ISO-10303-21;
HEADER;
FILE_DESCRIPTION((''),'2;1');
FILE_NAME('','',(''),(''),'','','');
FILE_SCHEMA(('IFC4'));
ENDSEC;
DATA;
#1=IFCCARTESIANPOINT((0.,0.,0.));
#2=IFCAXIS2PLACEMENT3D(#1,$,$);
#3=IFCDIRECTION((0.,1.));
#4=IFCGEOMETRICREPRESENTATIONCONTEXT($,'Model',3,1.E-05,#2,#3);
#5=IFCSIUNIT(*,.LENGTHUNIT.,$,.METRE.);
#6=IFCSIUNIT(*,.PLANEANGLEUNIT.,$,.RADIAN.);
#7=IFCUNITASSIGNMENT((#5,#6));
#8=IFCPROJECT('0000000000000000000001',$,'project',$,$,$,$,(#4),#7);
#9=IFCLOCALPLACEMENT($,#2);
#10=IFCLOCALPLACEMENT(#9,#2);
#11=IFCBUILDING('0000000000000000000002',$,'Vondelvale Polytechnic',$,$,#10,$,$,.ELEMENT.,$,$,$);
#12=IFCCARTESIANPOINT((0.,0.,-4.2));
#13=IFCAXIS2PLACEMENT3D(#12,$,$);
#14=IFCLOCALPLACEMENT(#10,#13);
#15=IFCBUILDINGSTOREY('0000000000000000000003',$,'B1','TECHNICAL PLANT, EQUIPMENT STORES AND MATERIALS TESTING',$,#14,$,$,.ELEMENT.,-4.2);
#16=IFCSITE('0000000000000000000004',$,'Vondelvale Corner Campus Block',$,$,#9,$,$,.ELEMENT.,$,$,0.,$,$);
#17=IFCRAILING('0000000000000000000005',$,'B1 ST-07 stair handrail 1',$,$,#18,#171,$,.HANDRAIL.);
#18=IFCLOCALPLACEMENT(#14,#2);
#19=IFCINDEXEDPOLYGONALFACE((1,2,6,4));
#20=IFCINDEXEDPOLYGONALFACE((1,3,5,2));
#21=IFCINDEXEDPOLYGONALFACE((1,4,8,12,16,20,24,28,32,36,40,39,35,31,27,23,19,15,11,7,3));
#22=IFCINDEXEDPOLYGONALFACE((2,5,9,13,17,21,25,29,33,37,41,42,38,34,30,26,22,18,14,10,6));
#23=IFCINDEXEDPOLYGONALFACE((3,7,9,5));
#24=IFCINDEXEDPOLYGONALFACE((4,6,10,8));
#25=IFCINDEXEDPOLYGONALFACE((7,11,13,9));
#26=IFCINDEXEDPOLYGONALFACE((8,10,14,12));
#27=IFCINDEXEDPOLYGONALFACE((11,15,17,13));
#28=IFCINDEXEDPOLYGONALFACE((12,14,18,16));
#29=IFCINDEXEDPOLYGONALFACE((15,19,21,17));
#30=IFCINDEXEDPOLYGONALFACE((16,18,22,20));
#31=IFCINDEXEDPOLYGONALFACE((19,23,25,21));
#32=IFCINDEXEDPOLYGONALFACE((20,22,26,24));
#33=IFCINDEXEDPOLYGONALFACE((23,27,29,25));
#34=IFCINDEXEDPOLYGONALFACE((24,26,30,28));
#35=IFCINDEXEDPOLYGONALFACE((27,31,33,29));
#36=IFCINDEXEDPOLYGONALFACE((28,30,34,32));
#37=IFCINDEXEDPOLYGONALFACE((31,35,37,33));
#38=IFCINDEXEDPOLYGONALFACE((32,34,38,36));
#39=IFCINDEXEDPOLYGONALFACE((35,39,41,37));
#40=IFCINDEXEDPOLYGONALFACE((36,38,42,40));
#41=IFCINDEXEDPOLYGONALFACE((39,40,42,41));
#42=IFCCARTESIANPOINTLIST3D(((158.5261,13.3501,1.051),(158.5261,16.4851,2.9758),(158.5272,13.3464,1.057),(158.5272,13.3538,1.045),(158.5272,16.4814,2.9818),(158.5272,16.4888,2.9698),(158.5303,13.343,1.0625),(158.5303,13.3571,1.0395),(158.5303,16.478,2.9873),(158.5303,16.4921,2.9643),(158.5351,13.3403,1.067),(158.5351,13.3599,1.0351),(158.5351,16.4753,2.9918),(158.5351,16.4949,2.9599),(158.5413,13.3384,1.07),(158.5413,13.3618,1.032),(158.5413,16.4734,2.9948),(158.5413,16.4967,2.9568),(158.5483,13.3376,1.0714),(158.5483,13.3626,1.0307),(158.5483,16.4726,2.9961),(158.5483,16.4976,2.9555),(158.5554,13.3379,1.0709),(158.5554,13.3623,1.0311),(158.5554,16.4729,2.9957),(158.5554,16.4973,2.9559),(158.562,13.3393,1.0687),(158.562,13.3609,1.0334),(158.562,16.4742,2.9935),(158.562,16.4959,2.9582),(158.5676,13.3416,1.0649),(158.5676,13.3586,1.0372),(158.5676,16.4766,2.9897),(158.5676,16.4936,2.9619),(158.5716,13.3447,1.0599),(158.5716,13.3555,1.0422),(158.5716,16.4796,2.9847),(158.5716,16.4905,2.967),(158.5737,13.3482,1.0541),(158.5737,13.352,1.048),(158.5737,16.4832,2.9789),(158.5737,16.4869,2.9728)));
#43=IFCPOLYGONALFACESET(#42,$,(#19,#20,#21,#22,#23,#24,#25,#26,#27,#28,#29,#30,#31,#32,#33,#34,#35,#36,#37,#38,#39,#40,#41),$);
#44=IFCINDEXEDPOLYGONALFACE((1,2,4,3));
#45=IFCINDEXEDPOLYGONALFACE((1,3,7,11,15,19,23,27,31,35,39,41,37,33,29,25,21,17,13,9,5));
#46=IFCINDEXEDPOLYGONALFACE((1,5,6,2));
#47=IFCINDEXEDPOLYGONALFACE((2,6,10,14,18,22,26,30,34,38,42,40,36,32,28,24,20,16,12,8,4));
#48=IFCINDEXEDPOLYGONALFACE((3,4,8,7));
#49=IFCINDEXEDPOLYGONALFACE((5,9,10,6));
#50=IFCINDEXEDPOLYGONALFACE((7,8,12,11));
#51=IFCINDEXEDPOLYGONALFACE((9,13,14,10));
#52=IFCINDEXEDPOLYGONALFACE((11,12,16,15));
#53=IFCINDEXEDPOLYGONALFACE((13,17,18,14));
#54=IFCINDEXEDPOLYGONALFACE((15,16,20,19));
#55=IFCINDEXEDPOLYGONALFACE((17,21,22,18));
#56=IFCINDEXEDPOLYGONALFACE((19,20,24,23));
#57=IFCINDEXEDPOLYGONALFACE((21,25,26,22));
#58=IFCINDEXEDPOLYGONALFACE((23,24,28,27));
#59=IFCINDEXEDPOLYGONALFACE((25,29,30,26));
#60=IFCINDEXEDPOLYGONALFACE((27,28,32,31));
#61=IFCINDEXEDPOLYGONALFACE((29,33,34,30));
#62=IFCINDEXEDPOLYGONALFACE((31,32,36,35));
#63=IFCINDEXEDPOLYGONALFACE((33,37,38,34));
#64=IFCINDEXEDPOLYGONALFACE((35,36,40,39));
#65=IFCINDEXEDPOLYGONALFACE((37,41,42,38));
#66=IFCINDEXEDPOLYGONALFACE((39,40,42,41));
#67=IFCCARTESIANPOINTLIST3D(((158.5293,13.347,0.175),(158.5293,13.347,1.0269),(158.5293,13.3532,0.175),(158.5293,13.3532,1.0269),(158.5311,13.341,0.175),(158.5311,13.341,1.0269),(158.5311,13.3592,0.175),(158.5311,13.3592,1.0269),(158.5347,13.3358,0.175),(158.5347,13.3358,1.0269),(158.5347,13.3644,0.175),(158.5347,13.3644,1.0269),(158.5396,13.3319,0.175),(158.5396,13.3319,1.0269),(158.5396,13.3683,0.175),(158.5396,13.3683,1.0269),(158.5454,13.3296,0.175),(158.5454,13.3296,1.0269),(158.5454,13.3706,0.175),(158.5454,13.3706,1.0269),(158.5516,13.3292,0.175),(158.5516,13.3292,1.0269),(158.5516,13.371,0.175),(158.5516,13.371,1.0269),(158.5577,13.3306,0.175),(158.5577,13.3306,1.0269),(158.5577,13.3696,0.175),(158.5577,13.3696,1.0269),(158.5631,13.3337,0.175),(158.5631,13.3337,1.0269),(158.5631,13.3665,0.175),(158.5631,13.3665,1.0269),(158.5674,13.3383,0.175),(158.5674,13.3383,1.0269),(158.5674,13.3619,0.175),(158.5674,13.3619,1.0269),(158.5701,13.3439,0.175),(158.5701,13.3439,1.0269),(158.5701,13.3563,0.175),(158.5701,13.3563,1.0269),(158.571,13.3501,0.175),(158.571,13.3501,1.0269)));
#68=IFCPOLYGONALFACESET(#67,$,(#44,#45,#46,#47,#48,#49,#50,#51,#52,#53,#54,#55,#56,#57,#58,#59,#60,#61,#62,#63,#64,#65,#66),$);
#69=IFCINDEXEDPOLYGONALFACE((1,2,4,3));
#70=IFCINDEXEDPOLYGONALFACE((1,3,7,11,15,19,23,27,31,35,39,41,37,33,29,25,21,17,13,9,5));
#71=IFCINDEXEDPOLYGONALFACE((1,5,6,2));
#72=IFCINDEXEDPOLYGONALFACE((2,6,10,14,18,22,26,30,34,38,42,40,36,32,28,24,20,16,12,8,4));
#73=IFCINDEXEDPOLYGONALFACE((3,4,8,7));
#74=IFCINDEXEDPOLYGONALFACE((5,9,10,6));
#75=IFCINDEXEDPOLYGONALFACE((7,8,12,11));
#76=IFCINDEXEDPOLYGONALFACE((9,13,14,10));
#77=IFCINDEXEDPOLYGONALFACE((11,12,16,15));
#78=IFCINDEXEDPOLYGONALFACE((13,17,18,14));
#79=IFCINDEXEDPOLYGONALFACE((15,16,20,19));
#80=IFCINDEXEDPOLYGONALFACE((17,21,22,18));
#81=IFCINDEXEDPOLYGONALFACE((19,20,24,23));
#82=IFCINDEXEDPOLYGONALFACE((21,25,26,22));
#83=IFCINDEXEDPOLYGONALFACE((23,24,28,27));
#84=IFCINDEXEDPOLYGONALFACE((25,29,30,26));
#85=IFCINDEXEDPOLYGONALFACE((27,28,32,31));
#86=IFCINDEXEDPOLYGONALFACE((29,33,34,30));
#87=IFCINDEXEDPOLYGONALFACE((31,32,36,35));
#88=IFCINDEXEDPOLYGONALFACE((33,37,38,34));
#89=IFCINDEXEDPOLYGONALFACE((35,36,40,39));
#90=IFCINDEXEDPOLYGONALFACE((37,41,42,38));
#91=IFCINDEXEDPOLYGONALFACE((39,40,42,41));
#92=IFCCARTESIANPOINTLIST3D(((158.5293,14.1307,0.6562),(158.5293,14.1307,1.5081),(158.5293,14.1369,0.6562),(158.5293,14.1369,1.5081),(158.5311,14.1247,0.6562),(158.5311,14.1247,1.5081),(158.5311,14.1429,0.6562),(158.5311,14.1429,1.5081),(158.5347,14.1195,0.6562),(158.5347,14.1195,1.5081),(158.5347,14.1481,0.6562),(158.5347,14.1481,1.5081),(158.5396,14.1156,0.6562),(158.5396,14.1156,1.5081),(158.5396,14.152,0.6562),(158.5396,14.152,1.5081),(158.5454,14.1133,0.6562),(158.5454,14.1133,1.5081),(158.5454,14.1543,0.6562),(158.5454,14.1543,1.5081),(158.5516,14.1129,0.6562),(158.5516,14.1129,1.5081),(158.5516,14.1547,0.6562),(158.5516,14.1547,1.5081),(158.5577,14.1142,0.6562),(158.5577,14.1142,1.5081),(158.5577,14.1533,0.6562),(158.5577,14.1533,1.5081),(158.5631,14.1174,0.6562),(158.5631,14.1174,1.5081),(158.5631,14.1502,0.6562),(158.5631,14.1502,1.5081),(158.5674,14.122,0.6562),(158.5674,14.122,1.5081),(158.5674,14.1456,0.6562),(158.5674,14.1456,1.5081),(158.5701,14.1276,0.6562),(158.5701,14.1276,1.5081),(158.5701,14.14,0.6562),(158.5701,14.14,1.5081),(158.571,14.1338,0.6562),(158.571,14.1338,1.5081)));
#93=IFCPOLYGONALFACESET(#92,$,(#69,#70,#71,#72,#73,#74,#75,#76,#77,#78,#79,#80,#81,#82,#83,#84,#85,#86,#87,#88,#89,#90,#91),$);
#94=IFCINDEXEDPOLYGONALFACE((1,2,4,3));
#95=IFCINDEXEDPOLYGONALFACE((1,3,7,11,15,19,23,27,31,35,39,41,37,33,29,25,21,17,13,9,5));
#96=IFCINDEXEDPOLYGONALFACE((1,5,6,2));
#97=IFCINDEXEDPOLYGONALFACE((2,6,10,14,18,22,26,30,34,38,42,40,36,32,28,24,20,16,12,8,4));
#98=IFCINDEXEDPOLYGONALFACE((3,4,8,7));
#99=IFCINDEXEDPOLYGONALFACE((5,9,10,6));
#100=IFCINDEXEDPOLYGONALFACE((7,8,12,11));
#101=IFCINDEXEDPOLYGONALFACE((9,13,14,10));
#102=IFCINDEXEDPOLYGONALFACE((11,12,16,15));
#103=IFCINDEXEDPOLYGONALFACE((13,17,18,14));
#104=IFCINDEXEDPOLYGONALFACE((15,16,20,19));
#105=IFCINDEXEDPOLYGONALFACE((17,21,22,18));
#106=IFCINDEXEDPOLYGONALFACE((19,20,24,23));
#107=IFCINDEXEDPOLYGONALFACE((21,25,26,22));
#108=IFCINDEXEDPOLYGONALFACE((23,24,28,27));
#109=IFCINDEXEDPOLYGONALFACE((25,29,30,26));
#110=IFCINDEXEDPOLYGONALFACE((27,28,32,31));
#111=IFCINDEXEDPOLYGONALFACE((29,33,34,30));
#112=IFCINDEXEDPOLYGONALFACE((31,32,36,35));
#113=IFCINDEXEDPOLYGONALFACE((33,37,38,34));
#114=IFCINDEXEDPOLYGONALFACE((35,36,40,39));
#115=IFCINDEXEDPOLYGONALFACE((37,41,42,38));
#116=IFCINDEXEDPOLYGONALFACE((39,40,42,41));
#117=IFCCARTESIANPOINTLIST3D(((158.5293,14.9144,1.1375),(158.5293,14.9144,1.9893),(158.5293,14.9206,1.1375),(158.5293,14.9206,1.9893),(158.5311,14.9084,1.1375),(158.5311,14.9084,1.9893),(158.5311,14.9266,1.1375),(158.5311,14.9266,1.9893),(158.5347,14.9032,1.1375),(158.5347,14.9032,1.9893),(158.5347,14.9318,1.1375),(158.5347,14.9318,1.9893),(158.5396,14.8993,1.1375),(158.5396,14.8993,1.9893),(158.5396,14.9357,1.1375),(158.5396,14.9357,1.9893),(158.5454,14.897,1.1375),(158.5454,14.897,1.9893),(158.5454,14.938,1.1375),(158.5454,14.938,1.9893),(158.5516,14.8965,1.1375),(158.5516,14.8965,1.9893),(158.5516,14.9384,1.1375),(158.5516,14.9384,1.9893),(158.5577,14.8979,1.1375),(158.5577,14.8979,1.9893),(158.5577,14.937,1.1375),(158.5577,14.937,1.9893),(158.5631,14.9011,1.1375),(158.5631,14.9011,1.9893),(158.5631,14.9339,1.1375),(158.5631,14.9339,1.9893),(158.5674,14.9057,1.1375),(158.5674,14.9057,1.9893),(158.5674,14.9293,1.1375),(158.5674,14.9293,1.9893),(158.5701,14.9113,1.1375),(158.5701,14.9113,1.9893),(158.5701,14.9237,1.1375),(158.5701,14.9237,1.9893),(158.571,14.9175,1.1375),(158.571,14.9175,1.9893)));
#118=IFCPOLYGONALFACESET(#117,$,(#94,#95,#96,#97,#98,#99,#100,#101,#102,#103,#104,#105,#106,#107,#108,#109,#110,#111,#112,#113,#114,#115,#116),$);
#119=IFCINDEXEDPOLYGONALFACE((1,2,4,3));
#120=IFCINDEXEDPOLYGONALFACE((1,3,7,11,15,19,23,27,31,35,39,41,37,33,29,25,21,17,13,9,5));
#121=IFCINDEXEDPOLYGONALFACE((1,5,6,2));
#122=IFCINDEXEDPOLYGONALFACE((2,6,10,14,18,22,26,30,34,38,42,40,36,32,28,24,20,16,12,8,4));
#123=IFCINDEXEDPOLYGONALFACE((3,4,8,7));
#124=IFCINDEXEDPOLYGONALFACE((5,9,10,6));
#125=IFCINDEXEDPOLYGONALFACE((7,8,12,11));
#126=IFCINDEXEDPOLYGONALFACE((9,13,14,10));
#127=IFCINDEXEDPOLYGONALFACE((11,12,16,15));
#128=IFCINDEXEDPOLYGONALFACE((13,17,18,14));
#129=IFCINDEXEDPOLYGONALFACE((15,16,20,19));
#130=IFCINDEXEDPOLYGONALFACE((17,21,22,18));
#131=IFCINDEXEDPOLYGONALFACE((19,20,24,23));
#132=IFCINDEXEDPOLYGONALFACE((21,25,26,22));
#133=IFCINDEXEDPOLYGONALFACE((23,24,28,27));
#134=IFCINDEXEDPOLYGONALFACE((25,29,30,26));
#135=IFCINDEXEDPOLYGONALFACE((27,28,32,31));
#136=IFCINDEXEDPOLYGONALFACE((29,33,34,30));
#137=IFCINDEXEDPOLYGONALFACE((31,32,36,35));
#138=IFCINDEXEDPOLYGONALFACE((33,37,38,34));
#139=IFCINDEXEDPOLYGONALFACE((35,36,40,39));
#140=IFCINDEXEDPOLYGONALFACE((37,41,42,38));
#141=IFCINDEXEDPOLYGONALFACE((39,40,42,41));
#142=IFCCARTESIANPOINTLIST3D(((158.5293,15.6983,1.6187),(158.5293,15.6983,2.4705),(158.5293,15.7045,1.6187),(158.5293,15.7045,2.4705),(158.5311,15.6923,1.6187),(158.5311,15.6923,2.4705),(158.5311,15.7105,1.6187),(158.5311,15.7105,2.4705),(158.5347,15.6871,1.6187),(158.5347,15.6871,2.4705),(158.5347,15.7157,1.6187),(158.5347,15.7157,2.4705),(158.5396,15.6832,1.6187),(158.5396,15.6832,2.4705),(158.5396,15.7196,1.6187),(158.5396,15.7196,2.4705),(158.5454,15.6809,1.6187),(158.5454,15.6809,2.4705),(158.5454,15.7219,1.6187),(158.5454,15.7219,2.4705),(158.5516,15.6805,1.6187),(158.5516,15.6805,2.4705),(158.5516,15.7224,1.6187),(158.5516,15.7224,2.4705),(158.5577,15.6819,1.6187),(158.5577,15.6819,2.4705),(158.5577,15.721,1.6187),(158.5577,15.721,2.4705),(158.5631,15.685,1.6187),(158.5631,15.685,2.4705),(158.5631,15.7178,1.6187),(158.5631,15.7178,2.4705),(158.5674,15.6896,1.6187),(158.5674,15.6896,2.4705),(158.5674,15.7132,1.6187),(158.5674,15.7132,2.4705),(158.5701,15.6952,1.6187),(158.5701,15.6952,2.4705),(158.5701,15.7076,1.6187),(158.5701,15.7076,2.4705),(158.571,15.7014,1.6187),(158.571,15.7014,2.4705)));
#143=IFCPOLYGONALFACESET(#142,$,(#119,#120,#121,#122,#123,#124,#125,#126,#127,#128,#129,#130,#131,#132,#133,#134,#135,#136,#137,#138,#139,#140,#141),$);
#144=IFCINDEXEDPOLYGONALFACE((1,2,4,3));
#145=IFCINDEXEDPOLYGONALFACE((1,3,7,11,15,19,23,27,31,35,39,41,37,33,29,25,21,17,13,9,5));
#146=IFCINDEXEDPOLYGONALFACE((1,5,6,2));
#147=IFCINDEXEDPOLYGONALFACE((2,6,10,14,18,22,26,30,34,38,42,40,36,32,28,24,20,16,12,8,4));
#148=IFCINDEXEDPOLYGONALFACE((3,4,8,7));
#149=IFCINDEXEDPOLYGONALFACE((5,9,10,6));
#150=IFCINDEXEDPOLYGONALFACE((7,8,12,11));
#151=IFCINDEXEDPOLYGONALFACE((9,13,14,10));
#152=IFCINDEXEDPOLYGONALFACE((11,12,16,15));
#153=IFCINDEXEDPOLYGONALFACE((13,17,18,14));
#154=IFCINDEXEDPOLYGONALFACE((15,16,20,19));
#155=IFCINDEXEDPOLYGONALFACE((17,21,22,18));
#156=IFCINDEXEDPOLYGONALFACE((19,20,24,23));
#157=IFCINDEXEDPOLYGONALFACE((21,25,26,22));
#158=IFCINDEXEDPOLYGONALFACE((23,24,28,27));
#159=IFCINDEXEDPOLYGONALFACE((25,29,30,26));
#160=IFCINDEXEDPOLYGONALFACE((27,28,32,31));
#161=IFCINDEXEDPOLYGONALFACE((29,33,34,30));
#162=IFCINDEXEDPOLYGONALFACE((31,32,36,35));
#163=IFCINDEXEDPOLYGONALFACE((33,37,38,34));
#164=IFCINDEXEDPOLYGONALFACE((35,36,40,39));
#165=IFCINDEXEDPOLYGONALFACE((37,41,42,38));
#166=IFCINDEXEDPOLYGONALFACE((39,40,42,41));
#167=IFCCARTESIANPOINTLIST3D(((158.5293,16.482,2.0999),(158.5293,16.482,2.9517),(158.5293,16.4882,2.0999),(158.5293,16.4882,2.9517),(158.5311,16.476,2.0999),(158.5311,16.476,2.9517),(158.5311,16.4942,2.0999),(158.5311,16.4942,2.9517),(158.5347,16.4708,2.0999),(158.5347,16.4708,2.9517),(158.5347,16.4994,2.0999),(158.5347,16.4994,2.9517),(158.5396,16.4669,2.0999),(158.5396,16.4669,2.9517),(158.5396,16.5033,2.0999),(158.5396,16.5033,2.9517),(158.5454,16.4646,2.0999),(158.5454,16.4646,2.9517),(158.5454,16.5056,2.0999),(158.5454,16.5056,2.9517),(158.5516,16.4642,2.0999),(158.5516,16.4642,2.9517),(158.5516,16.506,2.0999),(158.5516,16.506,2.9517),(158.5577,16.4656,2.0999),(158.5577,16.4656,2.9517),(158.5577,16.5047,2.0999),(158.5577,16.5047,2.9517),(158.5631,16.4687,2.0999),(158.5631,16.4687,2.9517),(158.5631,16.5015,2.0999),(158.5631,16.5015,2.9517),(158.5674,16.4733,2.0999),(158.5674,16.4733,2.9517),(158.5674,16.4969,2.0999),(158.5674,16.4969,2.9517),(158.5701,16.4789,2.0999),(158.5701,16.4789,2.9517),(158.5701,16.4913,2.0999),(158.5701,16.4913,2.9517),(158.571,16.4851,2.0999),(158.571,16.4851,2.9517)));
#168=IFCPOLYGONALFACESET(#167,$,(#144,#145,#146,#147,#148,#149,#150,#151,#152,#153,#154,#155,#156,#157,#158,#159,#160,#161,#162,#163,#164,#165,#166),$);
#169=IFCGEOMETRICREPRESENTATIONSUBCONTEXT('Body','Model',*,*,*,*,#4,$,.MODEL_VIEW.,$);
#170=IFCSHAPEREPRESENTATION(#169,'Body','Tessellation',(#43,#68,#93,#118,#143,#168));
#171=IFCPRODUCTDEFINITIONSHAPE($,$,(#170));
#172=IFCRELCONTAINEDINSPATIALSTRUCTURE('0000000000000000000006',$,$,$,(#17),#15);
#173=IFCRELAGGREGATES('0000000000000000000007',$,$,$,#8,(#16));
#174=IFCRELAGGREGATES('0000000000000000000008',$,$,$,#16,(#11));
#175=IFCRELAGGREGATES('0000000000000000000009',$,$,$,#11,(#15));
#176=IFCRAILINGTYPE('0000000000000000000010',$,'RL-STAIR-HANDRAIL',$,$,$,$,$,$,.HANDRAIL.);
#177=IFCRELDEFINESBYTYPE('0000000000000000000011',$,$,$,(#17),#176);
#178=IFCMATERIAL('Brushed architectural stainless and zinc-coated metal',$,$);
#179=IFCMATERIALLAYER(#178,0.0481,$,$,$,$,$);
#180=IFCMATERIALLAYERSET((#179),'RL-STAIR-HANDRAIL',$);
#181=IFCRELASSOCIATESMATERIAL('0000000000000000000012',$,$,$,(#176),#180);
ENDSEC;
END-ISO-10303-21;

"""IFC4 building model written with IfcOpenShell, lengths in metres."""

from ifc_helpers import new_model, si_unit, direction, frame, origin, origin_2d, place, context, subcontext, project, spatial, circle, extrude, material, layer, layer_set, type_object, element, save


model = new_model("IFC4")

# Units and contexts
model_context = context("Model", 3, precision=1e-05, world=origin(), true_north=direction((0.0, 1.0)))
body_context = subcontext(model_context, "Body", "Model", "MODEL_VIEW")
ifc_project = project(units=[si_unit("LENGTHUNIT", "METRE"), si_unit("PLANEANGLEUNIT", "RADIAN")], contexts=[model_context])

# Site, building, storey
site_placement = place(None, origin())
site = spatial("IfcSite", under=ifc_project, at=site_placement, Name="Vondelvale Corner Campus Block", CompositionType="ELEMENT", RefElevation=0.0)
building_placement = place(site_placement, origin())
building = spatial("IfcBuilding", under=site, at=building_placement, Name="Vondelvale Polytechnic", CompositionType="ELEMENT")
storey_placement = place(building_placement, frame((0.0, 0.0, -4.2)))
storey = spatial("IfcBuildingStorey", under=building, at=storey_placement, Name="B1", Description="TECHNICAL PLANT, EQUIPMENT STORES AND MATERIALS TESTING", CompositionType="ELEMENT", Elevation=-4.2)

# Shared definitions
ifc_material_1 = material(Name="Brushed architectural stainless and zinc-coated metal")

# Railing
ifc_layer_1 = layer(ifc_material_1, 0.0481)
ifc_layer_set_1 = layer_set([ifc_layer_1], Name="RL-STAIR-HANDRAIL")
railing_type_1 = type_object("IfcRailingType", Name="RL-STAIR-HANDRAIL", PredefinedType="HANDRAIL", material=ifc_layer_set_1)
railing_1_placement = place(storey_placement, frame((158.55, 13.3501, 0.175)))
element("IfcRailing", 1, at=railing_1_placement, inside=storey, type_object=railing_type_1, Name="B1 ST-07 stair handrail 1", PredefinedType="HANDRAIL", context=body_context, shape_type="SweptSolid", body=[
    extrude(circle(Radius=0.0239, at=origin_2d()), frame((0.0, 0.0, 0.876), z_axis=(0.0, 0.852196, 0.523223), x_axis=(-1.0, 0.0, 0.0)), (0.0, 0.0, 1.0), 3.6787),
    extrude(circle(Radius=0.021, at=origin_2d()), origin(), (0.0, 0.0, 1.0), 0.8518),
    extrude(circle(Radius=0.021, at=origin_2d()), frame((0.0, 0.7837, 0.4812)), (0.0, 0.0, 1.0), 0.8518),
    extrude(circle(Radius=0.021, at=origin_2d()), frame((0.0, 1.5674, 0.9624)), (0.0, 0.0, 1.0), 0.8518),
    extrude(circle(Radius=0.021, at=origin_2d()), frame((0.0, 2.3513, 1.4436)), (0.0, 0.0, 1.0), 0.8518),
    extrude(circle(Radius=0.021, at=origin_2d()), frame((0.0, 3.135, 1.9248)), (0.0, 0.0, 1.0), 0.8518),
])

save(model, "model.ifc")
